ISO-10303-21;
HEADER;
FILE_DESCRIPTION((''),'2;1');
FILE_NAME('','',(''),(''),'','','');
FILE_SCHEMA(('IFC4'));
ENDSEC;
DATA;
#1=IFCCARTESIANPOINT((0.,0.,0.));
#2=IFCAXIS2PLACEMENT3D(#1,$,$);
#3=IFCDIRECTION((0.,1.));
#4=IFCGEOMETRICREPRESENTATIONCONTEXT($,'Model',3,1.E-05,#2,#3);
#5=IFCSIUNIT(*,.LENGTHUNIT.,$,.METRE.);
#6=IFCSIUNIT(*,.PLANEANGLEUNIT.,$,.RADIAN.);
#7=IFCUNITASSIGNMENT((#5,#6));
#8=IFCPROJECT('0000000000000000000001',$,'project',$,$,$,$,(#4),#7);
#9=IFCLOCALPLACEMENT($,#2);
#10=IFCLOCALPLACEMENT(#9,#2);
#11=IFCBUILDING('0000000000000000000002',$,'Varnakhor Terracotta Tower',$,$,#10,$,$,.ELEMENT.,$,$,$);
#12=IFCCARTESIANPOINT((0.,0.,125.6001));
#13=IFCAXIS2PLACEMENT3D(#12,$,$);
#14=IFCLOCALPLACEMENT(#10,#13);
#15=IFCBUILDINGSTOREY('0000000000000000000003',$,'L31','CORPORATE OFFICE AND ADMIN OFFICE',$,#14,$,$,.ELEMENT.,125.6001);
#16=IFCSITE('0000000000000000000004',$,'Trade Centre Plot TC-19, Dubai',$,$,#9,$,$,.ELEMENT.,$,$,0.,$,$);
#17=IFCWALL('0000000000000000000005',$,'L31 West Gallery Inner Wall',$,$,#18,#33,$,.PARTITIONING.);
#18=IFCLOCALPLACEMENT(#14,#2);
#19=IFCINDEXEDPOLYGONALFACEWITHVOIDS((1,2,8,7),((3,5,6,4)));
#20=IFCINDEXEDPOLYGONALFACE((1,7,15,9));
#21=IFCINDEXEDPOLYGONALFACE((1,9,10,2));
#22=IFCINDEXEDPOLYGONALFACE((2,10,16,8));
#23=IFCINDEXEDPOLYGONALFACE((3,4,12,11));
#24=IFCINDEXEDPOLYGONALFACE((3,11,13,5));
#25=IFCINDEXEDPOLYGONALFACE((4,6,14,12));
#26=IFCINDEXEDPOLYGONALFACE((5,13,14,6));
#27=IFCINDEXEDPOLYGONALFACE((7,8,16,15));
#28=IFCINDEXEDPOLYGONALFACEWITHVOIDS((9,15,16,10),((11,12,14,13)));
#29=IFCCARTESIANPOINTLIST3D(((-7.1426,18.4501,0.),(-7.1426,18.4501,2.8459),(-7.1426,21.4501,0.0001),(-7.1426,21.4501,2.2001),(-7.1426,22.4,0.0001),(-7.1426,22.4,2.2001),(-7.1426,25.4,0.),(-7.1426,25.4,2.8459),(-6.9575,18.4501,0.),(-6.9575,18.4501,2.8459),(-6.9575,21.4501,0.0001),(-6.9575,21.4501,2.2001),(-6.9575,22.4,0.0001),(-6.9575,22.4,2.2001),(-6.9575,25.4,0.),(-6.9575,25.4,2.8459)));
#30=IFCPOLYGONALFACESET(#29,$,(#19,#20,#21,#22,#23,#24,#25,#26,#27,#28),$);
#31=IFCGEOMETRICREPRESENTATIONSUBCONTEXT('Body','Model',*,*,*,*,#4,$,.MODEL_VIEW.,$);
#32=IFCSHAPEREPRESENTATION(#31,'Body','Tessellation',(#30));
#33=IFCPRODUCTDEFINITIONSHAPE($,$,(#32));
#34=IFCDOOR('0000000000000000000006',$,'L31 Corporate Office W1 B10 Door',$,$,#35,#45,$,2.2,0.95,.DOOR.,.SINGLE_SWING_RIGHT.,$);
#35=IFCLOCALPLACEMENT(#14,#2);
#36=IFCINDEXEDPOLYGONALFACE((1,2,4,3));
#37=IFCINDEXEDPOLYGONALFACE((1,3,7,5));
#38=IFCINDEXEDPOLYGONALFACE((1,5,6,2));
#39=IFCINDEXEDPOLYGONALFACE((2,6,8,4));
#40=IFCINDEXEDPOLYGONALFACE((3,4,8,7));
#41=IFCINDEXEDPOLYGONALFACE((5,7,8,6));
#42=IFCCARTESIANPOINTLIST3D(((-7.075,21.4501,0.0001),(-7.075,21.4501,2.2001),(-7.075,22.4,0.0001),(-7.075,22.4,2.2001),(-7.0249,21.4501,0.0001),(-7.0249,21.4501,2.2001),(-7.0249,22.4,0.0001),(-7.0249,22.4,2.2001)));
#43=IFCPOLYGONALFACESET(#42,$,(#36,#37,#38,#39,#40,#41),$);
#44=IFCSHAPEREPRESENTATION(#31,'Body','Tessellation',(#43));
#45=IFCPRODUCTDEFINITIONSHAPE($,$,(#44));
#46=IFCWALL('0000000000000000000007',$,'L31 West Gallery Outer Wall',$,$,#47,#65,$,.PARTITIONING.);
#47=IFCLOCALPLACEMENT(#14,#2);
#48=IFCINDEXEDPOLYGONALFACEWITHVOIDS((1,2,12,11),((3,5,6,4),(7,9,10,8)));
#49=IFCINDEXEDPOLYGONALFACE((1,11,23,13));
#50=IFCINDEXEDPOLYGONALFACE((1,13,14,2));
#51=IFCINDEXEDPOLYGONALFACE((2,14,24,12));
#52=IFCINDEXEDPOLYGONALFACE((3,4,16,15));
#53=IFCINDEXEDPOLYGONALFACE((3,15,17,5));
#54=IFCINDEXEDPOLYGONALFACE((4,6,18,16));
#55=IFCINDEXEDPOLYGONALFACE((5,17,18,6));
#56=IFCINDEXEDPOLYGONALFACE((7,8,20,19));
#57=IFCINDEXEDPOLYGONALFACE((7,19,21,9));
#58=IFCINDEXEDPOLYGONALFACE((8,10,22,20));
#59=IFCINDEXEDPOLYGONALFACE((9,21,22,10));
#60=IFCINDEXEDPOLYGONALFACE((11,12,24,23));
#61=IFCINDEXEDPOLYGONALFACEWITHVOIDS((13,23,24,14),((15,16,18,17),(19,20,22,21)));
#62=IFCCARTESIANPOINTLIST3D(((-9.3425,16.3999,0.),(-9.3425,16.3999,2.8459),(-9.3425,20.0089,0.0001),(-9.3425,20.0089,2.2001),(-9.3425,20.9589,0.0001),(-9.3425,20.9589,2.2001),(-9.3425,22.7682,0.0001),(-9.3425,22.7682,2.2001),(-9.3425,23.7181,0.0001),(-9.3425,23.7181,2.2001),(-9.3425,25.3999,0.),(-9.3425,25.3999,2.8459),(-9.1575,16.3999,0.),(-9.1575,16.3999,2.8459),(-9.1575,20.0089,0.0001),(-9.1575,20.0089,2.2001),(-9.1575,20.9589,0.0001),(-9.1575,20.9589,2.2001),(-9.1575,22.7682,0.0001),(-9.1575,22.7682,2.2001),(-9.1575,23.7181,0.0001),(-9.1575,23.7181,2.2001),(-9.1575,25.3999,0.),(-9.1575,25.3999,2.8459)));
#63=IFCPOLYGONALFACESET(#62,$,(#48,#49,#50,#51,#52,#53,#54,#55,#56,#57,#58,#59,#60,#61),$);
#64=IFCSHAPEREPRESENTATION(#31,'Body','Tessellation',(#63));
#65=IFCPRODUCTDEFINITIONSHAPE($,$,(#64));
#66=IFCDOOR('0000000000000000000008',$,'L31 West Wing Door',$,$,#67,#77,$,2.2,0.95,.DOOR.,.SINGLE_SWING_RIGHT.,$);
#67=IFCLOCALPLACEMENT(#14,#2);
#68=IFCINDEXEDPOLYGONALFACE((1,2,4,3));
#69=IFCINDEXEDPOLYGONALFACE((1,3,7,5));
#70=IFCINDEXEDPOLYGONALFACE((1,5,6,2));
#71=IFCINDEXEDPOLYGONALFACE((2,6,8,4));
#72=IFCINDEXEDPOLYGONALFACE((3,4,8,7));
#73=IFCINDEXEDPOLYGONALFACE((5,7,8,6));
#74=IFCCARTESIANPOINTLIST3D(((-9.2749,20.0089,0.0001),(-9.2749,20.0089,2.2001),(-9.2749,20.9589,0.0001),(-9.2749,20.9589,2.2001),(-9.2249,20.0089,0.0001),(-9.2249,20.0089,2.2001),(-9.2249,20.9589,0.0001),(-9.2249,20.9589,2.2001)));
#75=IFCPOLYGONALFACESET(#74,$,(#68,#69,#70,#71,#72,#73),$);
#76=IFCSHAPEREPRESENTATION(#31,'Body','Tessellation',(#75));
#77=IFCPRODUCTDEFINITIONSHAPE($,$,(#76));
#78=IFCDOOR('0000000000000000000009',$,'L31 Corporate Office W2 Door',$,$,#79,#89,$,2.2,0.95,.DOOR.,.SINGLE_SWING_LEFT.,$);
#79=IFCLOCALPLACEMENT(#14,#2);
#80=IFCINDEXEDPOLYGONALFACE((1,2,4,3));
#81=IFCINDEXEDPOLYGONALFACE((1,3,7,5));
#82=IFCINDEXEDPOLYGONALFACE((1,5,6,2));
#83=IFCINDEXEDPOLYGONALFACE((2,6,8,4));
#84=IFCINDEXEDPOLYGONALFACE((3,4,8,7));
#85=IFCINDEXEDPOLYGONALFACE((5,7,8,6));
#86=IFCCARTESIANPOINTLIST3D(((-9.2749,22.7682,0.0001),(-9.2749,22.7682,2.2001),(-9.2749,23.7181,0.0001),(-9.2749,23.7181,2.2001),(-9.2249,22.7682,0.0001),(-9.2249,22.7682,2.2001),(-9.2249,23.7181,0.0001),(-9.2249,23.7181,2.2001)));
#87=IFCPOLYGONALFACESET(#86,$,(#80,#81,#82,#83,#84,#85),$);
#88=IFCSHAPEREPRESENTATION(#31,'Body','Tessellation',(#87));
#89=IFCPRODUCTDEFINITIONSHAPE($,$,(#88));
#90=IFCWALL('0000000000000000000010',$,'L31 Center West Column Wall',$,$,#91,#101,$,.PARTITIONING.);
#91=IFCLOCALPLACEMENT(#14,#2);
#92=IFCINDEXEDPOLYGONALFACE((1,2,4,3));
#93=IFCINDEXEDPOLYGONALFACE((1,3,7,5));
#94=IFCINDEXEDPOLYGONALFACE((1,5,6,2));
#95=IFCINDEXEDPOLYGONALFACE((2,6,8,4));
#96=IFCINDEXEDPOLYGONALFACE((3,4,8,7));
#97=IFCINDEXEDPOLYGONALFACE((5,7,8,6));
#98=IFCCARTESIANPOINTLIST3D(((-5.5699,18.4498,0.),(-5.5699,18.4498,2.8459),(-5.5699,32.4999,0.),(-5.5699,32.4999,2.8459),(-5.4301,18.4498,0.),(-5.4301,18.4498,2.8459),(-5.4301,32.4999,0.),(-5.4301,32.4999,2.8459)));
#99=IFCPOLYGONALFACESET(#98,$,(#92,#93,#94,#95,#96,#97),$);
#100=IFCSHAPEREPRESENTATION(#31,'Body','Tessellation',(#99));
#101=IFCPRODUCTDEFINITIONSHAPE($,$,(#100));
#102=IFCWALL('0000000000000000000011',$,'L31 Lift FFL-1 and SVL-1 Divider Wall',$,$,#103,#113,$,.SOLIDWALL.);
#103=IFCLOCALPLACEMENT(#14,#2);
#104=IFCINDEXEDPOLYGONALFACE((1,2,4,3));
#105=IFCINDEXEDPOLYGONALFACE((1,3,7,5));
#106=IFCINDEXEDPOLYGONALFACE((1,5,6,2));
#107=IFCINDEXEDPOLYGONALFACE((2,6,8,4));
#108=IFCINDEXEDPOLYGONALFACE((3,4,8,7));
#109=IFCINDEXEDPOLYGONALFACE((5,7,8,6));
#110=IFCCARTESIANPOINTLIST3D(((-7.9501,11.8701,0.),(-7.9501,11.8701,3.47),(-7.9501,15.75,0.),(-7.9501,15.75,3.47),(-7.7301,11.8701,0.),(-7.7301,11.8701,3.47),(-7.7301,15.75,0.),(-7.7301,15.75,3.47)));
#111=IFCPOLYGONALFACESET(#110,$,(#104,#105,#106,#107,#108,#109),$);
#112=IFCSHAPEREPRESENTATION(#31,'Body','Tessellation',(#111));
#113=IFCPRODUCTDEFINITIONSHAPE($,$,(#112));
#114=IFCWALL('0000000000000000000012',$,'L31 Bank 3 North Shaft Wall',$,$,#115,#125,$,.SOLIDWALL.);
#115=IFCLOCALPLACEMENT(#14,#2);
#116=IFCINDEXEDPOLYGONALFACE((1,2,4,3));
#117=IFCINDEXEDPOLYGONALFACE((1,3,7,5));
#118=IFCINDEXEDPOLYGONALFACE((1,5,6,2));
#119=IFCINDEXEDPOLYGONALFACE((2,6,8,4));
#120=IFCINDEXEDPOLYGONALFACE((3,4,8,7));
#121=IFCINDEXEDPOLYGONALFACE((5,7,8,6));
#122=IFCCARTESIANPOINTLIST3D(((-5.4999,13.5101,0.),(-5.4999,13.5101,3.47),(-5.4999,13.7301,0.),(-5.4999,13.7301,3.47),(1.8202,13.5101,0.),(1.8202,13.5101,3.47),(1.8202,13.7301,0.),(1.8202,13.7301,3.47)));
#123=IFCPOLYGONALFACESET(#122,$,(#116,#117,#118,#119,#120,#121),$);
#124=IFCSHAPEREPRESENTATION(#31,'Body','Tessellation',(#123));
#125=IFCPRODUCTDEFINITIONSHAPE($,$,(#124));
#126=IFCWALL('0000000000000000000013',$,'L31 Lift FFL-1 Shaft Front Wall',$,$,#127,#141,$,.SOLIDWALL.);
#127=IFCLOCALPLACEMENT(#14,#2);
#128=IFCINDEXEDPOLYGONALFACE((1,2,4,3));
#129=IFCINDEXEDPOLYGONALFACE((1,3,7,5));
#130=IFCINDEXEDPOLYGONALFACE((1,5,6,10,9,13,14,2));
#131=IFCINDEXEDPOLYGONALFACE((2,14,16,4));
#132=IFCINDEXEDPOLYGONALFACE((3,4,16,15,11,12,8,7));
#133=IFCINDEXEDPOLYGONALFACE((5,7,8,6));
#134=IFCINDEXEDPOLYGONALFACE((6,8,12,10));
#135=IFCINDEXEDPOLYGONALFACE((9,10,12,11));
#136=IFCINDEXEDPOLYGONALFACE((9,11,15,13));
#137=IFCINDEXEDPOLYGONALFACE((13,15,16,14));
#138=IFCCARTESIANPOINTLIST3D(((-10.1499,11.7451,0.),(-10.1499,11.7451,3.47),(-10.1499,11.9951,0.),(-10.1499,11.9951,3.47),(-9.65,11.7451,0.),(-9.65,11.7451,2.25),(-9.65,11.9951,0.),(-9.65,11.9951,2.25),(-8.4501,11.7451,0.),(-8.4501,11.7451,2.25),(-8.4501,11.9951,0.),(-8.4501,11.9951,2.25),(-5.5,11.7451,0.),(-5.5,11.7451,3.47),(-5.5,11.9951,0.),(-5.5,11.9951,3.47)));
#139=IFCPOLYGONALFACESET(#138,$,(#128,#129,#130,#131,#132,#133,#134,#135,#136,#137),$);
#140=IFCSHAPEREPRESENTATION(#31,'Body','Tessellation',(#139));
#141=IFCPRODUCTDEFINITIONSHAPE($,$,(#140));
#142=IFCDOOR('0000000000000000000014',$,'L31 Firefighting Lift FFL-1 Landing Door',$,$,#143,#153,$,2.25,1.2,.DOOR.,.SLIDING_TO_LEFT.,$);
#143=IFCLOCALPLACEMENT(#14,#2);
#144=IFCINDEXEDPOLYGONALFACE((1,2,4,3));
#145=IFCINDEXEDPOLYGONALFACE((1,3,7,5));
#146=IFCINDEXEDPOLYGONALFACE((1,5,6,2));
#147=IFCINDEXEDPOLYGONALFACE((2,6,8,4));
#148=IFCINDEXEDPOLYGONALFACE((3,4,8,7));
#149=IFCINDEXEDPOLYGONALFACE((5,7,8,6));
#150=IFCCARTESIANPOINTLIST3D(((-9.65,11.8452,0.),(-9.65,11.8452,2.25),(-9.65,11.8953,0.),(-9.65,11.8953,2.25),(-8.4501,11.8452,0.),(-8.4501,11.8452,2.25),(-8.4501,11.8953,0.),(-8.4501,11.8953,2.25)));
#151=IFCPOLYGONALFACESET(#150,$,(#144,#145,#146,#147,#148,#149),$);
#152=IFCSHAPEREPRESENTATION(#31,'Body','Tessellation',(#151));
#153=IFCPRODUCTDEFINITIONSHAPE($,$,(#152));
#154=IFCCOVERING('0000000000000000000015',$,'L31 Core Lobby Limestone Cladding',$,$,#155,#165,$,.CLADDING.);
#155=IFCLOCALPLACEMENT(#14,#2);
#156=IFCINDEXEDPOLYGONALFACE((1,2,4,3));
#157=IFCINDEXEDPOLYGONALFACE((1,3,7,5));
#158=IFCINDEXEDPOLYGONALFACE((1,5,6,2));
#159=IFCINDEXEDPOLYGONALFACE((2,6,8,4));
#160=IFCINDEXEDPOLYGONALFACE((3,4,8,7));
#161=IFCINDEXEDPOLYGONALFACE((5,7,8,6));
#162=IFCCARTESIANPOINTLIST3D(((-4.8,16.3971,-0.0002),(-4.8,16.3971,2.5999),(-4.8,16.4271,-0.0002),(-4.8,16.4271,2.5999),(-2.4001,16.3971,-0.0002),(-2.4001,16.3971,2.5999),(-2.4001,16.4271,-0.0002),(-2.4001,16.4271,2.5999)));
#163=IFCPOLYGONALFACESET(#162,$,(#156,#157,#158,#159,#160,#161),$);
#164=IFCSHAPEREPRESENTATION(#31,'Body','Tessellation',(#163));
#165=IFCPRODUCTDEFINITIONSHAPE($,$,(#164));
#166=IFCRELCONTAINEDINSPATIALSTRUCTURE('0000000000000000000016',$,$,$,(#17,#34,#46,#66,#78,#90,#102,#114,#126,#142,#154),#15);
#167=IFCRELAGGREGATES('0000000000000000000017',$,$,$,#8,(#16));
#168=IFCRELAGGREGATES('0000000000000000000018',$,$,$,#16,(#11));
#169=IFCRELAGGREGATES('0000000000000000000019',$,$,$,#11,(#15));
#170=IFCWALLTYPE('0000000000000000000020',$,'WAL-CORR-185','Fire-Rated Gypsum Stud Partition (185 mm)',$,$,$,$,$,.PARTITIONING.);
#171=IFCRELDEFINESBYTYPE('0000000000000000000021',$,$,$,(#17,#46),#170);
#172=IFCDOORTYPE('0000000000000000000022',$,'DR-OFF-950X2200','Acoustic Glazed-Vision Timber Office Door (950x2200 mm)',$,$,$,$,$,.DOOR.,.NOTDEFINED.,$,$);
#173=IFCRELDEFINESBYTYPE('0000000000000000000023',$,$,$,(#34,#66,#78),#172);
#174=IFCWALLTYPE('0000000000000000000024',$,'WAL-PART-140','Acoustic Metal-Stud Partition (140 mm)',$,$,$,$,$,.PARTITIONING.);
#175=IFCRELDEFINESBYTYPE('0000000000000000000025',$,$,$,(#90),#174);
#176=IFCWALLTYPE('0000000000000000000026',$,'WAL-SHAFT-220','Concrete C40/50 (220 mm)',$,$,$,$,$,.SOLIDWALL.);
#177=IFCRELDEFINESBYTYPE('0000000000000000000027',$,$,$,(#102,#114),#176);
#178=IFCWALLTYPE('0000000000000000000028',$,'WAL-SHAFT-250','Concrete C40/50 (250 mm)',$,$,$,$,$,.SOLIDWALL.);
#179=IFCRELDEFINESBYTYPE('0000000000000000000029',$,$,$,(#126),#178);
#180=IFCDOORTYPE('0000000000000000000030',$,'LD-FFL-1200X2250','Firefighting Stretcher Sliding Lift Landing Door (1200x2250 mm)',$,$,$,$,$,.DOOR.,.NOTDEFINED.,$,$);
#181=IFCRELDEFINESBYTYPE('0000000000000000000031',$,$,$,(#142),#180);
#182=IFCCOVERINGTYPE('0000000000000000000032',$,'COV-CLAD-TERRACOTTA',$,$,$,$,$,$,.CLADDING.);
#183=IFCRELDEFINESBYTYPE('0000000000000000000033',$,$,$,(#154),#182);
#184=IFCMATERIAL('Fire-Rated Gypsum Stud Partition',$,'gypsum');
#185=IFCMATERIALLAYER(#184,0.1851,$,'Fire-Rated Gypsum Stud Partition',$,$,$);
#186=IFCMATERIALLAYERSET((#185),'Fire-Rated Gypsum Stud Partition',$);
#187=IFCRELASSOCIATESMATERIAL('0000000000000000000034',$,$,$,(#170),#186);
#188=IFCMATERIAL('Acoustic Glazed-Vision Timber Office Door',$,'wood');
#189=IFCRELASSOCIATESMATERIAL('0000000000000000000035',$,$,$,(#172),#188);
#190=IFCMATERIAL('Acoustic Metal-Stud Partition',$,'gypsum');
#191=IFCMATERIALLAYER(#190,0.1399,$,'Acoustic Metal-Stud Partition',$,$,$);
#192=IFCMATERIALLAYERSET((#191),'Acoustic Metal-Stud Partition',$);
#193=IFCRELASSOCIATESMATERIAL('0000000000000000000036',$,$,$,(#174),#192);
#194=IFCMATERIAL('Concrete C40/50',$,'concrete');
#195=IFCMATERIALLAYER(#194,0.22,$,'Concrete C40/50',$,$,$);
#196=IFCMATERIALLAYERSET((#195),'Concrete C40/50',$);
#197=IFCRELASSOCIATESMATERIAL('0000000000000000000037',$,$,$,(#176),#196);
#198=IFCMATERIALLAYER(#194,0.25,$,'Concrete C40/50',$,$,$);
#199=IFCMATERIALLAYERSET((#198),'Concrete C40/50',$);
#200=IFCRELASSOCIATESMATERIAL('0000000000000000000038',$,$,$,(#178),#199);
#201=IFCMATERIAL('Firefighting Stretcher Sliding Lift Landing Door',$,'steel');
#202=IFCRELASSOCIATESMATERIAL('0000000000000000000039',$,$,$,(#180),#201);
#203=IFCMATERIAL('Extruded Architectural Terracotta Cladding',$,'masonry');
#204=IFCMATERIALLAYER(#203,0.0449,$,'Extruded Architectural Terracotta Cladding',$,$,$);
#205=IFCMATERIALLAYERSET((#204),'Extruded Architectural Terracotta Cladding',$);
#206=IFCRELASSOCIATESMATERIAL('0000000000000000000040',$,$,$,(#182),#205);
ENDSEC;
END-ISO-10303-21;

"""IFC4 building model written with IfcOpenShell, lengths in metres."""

from ifc_helpers import new_model, si_unit, direction, frame, frame_2d, origin, origin_2d, place, context, subcontext, project, spatial, rectangle, extrude, source, transform, mapped, material, layer, layer_set, type_object, type_shapes, element, fill, save


model = new_model("IFC4")

# Units and contexts
model_context = context("Model", 3, precision=1e-05, world=origin(), true_north=direction((0.0, 1.0)))
body_context = subcontext(model_context, "Body", "Model", "MODEL_VIEW")
ifc_project = project(units=[si_unit("LENGTHUNIT", "METRE"), si_unit("PLANEANGLEUNIT", "RADIAN")], contexts=[model_context])

# Site, building, storey
site_placement = place(None, origin())
site = spatial("IfcSite", under=ifc_project, at=site_placement, Name="Trade Centre Plot TC-19, Dubai", CompositionType="ELEMENT", RefElevation=0.0)
building_placement = place(site_placement, origin())
building = spatial("IfcBuilding", under=site, at=building_placement, Name="Varnakhor Terracotta Tower", CompositionType="ELEMENT")
storey_placement = place(building_placement, frame((0.0, 0.0, 125.6001)))
storey = spatial("IfcBuildingStorey", under=building, at=storey_placement, Name="L31", Description="CORPORATE OFFICE AND ADMIN OFFICE", CompositionType="ELEMENT", Elevation=125.6001)

# Wall, opening, door
ifc_material_1 = material(Name="Fire-Rated Gypsum Stud Partition", Category="gypsum")
ifc_layer_1 = layer(ifc_material_1, 0.1851, Name="Fire-Rated Gypsum Stud Partition")
ifc_layer_set_1 = layer_set([ifc_layer_1], Name="Fire-Rated Gypsum Stud Partition")
wall_type_1 = type_object("IfcWallType", Name="WAL-CORR-185", Description="Fire-Rated Gypsum Stud Partition (185 mm)", PredefinedType="PARTITIONING", material=ifc_layer_set_1)
ifc_material_2 = material(Name="Acoustic Glazed-Vision Timber Office Door", Category="wood")
door_type_1 = type_object("IfcDoorType", Name="DR-OFF-950X2200", Description="Acoustic Glazed-Vision Timber Office Door (950x2200 mm)", OperationType="NOTDEFINED", PredefinedType="DOOR", material=ifc_material_2)
shared_shape_1 = source(origin(), body_context, "Body", "SweptSolid", [
    extrude(rectangle(XDim=0.95, YDim=2.2, at=frame_2d((0.4751, 1.1001))), frame((0.0, 0.0249, 0.0), z_axis=(0.0, -1.0, 0.0), x_axis=(1.0, 0.0, 0.0)), (0.0, 0.0, 1.0), 0.05),
])
type_shapes(door_type_1, [shared_shape_1])
wall_1_placement = place(storey_placement, frame((-7.05, 18.45, 0.0), z_axis=(0.0, 0.0, 1.0), x_axis=(0.0, 1.0, 0.0)))
wall_1 = element("IfcWall", 1, at=wall_1_placement, inside=storey, type_object=wall_type_1, Name="L31 West Gallery Inner Wall", PredefinedType="PARTITIONING", context=body_context, shape_type="SweptSolid", body=[
    extrude(rectangle(XDim=6.95, YDim=0.1851, at=frame_2d((3.4751, 0.0))), origin(), (0.0, 0.0, 1.0), 2.8459),
])
opening_1_placement = place(wall_1_placement, frame((3.0, 0.0, 0.0)))
opening_1 = element("IfcOpeningElement", 2, at=opening_1_placement, cuts=wall_1, PredefinedType="OPENING", context=body_context, shape_type="SweptSolid", body=[
    extrude(rectangle(XDim=0.95, YDim=2.2, at=frame_2d((0.4751, 1.1001))), frame((0.0, 0.1025, 0.0), z_axis=(0.0, -1.0, 0.0), x_axis=(1.0, 0.0, 0.0)), (0.0, 0.0, 1.0), 0.2051),
])
door_1_placement = place(opening_1_placement, origin())
door_1 = element("IfcDoor", 3, at=door_1_placement, inside=storey, type_object=door_type_1, Name="L31 Corporate Office W1 B10 Door", OperationType="SINGLE_SWING_RIGHT", OverallHeight=2.2, OverallWidth=0.95, PredefinedType="DOOR", context=body_context, shape_type="MappedRepresentation", body=[
    mapped(shared_shape_1, transform((0.0, 0.0, 0.0), scale=1.0)),
])
fill(opening_1, door_1)

# Wall, openings, doors
wall_2_placement = place(storey_placement, frame((-9.25, 16.3999, 0.0), z_axis=(0.0, 0.0, 1.0), x_axis=(0.0, 1.0, 0.0)))
wall_2 = element("IfcWall", 4, at=wall_2_placement, inside=storey, type_object=wall_type_1, Name="L31 West Gallery Outer Wall", PredefinedType="PARTITIONING", context=body_context, shape_type="SweptSolid", body=[
    extrude(rectangle(XDim=9.0, YDim=0.1851, at=frame_2d((4.5, 0.0))), origin(), (0.0, 0.0, 1.0), 2.8459),
])
opening_2_placement = place(wall_2_placement, frame((3.6089, 0.0, 0.0)))
opening_2 = element("IfcOpeningElement", 5, at=opening_2_placement, cuts=wall_2, PredefinedType="OPENING", context=body_context, shape_type="SweptSolid", body=[
    extrude(rectangle(XDim=0.95, YDim=2.2, at=frame_2d((0.4751, 1.1001))), frame((0.0, 0.1025, 0.0), z_axis=(0.0, -1.0, 0.0), x_axis=(1.0, 0.0, 0.0)), (0.0, 0.0, 1.0), 0.2051),
])
opening_3_placement = place(wall_2_placement, frame((6.3682, 0.0, 0.0)))
opening_3 = element("IfcOpeningElement", 6, at=opening_3_placement, cuts=wall_2, PredefinedType="OPENING", context=body_context, shape_type="SweptSolid", body=[
    extrude(rectangle(XDim=0.95, YDim=2.2, at=frame_2d((0.4751, 1.1001))), frame((0.0, 0.1025, 0.0), z_axis=(0.0, -1.0, 0.0), x_axis=(1.0, 0.0, 0.0)), (0.0, 0.0, 1.0), 0.2051),
])
door_2_placement = place(opening_2_placement, origin())
door_2 = element("IfcDoor", 7, at=door_2_placement, inside=storey, type_object=door_type_1, Name="L31 West Wing Door", OperationType="SINGLE_SWING_RIGHT", OverallHeight=2.2, OverallWidth=0.95, PredefinedType="DOOR", context=body_context, shape_type="MappedRepresentation", body=[
    mapped(shared_shape_1, transform((0.0, 0.0, 0.0), scale=1.0)),
])
fill(opening_2, door_2)
door_3_placement = place(opening_3_placement, origin())
door_3 = element("IfcDoor", 8, at=door_3_placement, inside=storey, type_object=door_type_1, Name="L31 Corporate Office W2 Door", OperationType="SINGLE_SWING_LEFT", OverallHeight=2.2, OverallWidth=0.95, PredefinedType="DOOR", context=body_context, shape_type="MappedRepresentation", body=[
    mapped(shared_shape_1, transform((0.0, 0.0, 0.0), scale=1.0)),
])
fill(opening_3, door_3)

# Walls
ifc_material_3 = material(Name="Acoustic Metal-Stud Partition", Category="gypsum")
ifc_layer_2 = layer(ifc_material_3, 0.1399, Name="Acoustic Metal-Stud Partition")
ifc_layer_set_2 = layer_set([ifc_layer_2], Name="Acoustic Metal-Stud Partition")
wall_type_2 = type_object("IfcWallType", Name="WAL-PART-140", Description="Acoustic Metal-Stud Partition (140 mm)", PredefinedType="PARTITIONING", material=ifc_layer_set_2)
wall_3_placement = place(storey_placement, frame((-5.5, 18.45, 0.0), z_axis=(0.0, 0.0, 1.0), x_axis=(0.0, 1.0, 0.0)))
element("IfcWall", 9, at=wall_3_placement, inside=storey, type_object=wall_type_2, Name="L31 Center West Column Wall", PredefinedType="PARTITIONING", context=body_context, shape_type="SweptSolid", body=[
    extrude(rectangle(XDim=14.05, YDim=0.1399, at=frame_2d((7.0249, 0.0))), origin(), (0.0, 0.0, 1.0), 2.8459),
])
ifc_material_4 = material(Name="Concrete C40/50", Category="concrete")
ifc_layer_3 = layer(ifc_material_4, 0.22, Name="Concrete C40/50")
ifc_layer_set_3 = layer_set([ifc_layer_3], Name="Concrete C40/50")
wall_type_3 = type_object("IfcWallType", Name="WAL-SHAFT-220", Description="Concrete C40/50 (220 mm)", PredefinedType="SOLIDWALL", material=ifc_layer_set_3)
wall_4_placement = place(storey_placement, frame((-7.8401, 11.8701, 0.0), z_axis=(0.0, 0.0, 1.0), x_axis=(0.0, 1.0, 0.0)))
element("IfcWall", 10, at=wall_4_placement, inside=storey, type_object=wall_type_3, Name="L31 Lift FFL-1 and SVL-1 Divider Wall", PredefinedType="SOLIDWALL", context=body_context, shape_type="SweptSolid", body=[
    extrude(rectangle(XDim=3.8799, YDim=0.22, at=frame_2d((1.9399, 0.0))), origin(), (0.0, 0.0, 1.0), 3.47),
])
wall_5_placement = place(storey_placement, frame((-5.5, 13.6201, 0.0), z_axis=(0.0, 0.0, 1.0), x_axis=(1.0, 0.0, 0.0)))
element("IfcWall", 11, at=wall_5_placement, inside=storey, type_object=wall_type_3, Name="L31 Bank 3 North Shaft Wall", PredefinedType="SOLIDWALL", context=body_context, shape_type="SweptSolid", body=[
    extrude(rectangle(XDim=7.3201, YDim=0.22, at=frame_2d((3.6602, 0.0))), origin(), (0.0, 0.0, 1.0), 3.47),
])

# Wall, opening, door
ifc_layer_4 = layer(ifc_material_4, 0.25, Name="Concrete C40/50")
ifc_layer_set_4 = layer_set([ifc_layer_4], Name="Concrete C40/50")
wall_type_4 = type_object("IfcWallType", Name="WAL-SHAFT-250", Description="Concrete C40/50 (250 mm)", PredefinedType="SOLIDWALL", material=ifc_layer_set_4)
wall_6_placement = place(storey_placement, frame((-5.5, 11.8701, 0.0), z_axis=(0.0, 0.0, 1.0), x_axis=(-1.0, 0.0, 0.0)))
wall_6 = element("IfcWall", 12, at=wall_6_placement, inside=storey, type_object=wall_type_4, Name="L31 Lift FFL-1 Shaft Front Wall", PredefinedType="SOLIDWALL", context=body_context, shape_type="SweptSolid", body=[
    extrude(rectangle(XDim=4.6499, YDim=0.25, at=frame_2d((2.325, 0.0))), origin(), (0.0, 0.0, 1.0), 3.47),
])
opening_4_placement = place(wall_6_placement, frame((2.95, 0.0, 0.0)))
opening_4 = element("IfcOpeningElement", 13, at=opening_4_placement, cuts=wall_6, PredefinedType="OPENING", context=body_context, shape_type="SweptSolid", body=[
    extrude(rectangle(XDim=1.2, YDim=2.25, at=frame_2d((0.6001, 1.125))), frame((0.0, 0.135, 0.0), z_axis=(0.0, -1.0, 0.0), x_axis=(1.0, 0.0, 0.0)), (0.0, 0.0, 1.0), 0.27),
])
ifc_material_5 = material(Name="Firefighting Stretcher Sliding Lift Landing Door", Category="steel")
door_type_2 = type_object("IfcDoorType", Name="LD-FFL-1200X2250", Description="Firefighting Stretcher Sliding Lift Landing Door (1200x2250 mm)", OperationType="NOTDEFINED", PredefinedType="DOOR", material=ifc_material_5)
shared_shape_2 = source(origin(), body_context, "Body", "SweptSolid", [
    extrude(rectangle(XDim=1.2, YDim=2.25, at=frame_2d((0.6001, 1.125))), frame((0.0, 0.0249, 0.0), z_axis=(0.0, -1.0, 0.0), x_axis=(1.0, 0.0, 0.0)), (0.0, 0.0, 1.0), 0.05),
])
type_shapes(door_type_2, [shared_shape_2])
door_4_placement = place(opening_4_placement, origin())
door_4 = element("IfcDoor", 14, at=door_4_placement, inside=storey, type_object=door_type_2, Name="L31 Firefighting Lift FFL-1 Landing Door", OperationType="SLIDING_TO_LEFT", OverallHeight=2.25, OverallWidth=1.2, PredefinedType="DOOR", context=body_context, shape_type="MappedRepresentation", body=[
    mapped(shared_shape_2, transform((0.0, 0.0, 0.0), scale=1.0)),
])
fill(opening_4, door_4)

# Covering
ifc_material_6 = material(Name="Extruded Architectural Terracotta Cladding", Category="masonry")
ifc_layer_5 = layer(ifc_material_6, 0.0449, Name="Extruded Architectural Terracotta Cladding")
ifc_layer_set_5 = layer_set([ifc_layer_5], Name="Extruded Architectural Terracotta Cladding")
covering_type = type_object("IfcCoveringType", Name="COV-CLAD-TERRACOTTA", PredefinedType="CLADDING", material=ifc_layer_set_5)
shared_shape_3 = source(origin(), body_context, "Body", "SweptSolid", [
    extrude(rectangle(XDim=2.3999, YDim=0.03, at=origin_2d()), origin(), (0.0, 0.0, 1.0), 2.6001),
])
type_shapes(covering_type, [shared_shape_3])
covering_placement = place(storey_placement, frame((-3.6001, 16.4121, -0.0002), z_axis=(0.0, 0.0, 1.0), x_axis=(1.0, 0.0, 0.0)))
element("IfcCovering", 15, at=covering_placement, inside=storey, type_object=covering_type, Name="L31 Core Lobby Limestone Cladding", PredefinedType="CLADDING", context=body_context, shape_type="MappedRepresentation", body=[
    mapped(shared_shape_3, transform((0.0, 0.0, 0.0), scale=1.0)),
])

save(model, "model.ifc")
